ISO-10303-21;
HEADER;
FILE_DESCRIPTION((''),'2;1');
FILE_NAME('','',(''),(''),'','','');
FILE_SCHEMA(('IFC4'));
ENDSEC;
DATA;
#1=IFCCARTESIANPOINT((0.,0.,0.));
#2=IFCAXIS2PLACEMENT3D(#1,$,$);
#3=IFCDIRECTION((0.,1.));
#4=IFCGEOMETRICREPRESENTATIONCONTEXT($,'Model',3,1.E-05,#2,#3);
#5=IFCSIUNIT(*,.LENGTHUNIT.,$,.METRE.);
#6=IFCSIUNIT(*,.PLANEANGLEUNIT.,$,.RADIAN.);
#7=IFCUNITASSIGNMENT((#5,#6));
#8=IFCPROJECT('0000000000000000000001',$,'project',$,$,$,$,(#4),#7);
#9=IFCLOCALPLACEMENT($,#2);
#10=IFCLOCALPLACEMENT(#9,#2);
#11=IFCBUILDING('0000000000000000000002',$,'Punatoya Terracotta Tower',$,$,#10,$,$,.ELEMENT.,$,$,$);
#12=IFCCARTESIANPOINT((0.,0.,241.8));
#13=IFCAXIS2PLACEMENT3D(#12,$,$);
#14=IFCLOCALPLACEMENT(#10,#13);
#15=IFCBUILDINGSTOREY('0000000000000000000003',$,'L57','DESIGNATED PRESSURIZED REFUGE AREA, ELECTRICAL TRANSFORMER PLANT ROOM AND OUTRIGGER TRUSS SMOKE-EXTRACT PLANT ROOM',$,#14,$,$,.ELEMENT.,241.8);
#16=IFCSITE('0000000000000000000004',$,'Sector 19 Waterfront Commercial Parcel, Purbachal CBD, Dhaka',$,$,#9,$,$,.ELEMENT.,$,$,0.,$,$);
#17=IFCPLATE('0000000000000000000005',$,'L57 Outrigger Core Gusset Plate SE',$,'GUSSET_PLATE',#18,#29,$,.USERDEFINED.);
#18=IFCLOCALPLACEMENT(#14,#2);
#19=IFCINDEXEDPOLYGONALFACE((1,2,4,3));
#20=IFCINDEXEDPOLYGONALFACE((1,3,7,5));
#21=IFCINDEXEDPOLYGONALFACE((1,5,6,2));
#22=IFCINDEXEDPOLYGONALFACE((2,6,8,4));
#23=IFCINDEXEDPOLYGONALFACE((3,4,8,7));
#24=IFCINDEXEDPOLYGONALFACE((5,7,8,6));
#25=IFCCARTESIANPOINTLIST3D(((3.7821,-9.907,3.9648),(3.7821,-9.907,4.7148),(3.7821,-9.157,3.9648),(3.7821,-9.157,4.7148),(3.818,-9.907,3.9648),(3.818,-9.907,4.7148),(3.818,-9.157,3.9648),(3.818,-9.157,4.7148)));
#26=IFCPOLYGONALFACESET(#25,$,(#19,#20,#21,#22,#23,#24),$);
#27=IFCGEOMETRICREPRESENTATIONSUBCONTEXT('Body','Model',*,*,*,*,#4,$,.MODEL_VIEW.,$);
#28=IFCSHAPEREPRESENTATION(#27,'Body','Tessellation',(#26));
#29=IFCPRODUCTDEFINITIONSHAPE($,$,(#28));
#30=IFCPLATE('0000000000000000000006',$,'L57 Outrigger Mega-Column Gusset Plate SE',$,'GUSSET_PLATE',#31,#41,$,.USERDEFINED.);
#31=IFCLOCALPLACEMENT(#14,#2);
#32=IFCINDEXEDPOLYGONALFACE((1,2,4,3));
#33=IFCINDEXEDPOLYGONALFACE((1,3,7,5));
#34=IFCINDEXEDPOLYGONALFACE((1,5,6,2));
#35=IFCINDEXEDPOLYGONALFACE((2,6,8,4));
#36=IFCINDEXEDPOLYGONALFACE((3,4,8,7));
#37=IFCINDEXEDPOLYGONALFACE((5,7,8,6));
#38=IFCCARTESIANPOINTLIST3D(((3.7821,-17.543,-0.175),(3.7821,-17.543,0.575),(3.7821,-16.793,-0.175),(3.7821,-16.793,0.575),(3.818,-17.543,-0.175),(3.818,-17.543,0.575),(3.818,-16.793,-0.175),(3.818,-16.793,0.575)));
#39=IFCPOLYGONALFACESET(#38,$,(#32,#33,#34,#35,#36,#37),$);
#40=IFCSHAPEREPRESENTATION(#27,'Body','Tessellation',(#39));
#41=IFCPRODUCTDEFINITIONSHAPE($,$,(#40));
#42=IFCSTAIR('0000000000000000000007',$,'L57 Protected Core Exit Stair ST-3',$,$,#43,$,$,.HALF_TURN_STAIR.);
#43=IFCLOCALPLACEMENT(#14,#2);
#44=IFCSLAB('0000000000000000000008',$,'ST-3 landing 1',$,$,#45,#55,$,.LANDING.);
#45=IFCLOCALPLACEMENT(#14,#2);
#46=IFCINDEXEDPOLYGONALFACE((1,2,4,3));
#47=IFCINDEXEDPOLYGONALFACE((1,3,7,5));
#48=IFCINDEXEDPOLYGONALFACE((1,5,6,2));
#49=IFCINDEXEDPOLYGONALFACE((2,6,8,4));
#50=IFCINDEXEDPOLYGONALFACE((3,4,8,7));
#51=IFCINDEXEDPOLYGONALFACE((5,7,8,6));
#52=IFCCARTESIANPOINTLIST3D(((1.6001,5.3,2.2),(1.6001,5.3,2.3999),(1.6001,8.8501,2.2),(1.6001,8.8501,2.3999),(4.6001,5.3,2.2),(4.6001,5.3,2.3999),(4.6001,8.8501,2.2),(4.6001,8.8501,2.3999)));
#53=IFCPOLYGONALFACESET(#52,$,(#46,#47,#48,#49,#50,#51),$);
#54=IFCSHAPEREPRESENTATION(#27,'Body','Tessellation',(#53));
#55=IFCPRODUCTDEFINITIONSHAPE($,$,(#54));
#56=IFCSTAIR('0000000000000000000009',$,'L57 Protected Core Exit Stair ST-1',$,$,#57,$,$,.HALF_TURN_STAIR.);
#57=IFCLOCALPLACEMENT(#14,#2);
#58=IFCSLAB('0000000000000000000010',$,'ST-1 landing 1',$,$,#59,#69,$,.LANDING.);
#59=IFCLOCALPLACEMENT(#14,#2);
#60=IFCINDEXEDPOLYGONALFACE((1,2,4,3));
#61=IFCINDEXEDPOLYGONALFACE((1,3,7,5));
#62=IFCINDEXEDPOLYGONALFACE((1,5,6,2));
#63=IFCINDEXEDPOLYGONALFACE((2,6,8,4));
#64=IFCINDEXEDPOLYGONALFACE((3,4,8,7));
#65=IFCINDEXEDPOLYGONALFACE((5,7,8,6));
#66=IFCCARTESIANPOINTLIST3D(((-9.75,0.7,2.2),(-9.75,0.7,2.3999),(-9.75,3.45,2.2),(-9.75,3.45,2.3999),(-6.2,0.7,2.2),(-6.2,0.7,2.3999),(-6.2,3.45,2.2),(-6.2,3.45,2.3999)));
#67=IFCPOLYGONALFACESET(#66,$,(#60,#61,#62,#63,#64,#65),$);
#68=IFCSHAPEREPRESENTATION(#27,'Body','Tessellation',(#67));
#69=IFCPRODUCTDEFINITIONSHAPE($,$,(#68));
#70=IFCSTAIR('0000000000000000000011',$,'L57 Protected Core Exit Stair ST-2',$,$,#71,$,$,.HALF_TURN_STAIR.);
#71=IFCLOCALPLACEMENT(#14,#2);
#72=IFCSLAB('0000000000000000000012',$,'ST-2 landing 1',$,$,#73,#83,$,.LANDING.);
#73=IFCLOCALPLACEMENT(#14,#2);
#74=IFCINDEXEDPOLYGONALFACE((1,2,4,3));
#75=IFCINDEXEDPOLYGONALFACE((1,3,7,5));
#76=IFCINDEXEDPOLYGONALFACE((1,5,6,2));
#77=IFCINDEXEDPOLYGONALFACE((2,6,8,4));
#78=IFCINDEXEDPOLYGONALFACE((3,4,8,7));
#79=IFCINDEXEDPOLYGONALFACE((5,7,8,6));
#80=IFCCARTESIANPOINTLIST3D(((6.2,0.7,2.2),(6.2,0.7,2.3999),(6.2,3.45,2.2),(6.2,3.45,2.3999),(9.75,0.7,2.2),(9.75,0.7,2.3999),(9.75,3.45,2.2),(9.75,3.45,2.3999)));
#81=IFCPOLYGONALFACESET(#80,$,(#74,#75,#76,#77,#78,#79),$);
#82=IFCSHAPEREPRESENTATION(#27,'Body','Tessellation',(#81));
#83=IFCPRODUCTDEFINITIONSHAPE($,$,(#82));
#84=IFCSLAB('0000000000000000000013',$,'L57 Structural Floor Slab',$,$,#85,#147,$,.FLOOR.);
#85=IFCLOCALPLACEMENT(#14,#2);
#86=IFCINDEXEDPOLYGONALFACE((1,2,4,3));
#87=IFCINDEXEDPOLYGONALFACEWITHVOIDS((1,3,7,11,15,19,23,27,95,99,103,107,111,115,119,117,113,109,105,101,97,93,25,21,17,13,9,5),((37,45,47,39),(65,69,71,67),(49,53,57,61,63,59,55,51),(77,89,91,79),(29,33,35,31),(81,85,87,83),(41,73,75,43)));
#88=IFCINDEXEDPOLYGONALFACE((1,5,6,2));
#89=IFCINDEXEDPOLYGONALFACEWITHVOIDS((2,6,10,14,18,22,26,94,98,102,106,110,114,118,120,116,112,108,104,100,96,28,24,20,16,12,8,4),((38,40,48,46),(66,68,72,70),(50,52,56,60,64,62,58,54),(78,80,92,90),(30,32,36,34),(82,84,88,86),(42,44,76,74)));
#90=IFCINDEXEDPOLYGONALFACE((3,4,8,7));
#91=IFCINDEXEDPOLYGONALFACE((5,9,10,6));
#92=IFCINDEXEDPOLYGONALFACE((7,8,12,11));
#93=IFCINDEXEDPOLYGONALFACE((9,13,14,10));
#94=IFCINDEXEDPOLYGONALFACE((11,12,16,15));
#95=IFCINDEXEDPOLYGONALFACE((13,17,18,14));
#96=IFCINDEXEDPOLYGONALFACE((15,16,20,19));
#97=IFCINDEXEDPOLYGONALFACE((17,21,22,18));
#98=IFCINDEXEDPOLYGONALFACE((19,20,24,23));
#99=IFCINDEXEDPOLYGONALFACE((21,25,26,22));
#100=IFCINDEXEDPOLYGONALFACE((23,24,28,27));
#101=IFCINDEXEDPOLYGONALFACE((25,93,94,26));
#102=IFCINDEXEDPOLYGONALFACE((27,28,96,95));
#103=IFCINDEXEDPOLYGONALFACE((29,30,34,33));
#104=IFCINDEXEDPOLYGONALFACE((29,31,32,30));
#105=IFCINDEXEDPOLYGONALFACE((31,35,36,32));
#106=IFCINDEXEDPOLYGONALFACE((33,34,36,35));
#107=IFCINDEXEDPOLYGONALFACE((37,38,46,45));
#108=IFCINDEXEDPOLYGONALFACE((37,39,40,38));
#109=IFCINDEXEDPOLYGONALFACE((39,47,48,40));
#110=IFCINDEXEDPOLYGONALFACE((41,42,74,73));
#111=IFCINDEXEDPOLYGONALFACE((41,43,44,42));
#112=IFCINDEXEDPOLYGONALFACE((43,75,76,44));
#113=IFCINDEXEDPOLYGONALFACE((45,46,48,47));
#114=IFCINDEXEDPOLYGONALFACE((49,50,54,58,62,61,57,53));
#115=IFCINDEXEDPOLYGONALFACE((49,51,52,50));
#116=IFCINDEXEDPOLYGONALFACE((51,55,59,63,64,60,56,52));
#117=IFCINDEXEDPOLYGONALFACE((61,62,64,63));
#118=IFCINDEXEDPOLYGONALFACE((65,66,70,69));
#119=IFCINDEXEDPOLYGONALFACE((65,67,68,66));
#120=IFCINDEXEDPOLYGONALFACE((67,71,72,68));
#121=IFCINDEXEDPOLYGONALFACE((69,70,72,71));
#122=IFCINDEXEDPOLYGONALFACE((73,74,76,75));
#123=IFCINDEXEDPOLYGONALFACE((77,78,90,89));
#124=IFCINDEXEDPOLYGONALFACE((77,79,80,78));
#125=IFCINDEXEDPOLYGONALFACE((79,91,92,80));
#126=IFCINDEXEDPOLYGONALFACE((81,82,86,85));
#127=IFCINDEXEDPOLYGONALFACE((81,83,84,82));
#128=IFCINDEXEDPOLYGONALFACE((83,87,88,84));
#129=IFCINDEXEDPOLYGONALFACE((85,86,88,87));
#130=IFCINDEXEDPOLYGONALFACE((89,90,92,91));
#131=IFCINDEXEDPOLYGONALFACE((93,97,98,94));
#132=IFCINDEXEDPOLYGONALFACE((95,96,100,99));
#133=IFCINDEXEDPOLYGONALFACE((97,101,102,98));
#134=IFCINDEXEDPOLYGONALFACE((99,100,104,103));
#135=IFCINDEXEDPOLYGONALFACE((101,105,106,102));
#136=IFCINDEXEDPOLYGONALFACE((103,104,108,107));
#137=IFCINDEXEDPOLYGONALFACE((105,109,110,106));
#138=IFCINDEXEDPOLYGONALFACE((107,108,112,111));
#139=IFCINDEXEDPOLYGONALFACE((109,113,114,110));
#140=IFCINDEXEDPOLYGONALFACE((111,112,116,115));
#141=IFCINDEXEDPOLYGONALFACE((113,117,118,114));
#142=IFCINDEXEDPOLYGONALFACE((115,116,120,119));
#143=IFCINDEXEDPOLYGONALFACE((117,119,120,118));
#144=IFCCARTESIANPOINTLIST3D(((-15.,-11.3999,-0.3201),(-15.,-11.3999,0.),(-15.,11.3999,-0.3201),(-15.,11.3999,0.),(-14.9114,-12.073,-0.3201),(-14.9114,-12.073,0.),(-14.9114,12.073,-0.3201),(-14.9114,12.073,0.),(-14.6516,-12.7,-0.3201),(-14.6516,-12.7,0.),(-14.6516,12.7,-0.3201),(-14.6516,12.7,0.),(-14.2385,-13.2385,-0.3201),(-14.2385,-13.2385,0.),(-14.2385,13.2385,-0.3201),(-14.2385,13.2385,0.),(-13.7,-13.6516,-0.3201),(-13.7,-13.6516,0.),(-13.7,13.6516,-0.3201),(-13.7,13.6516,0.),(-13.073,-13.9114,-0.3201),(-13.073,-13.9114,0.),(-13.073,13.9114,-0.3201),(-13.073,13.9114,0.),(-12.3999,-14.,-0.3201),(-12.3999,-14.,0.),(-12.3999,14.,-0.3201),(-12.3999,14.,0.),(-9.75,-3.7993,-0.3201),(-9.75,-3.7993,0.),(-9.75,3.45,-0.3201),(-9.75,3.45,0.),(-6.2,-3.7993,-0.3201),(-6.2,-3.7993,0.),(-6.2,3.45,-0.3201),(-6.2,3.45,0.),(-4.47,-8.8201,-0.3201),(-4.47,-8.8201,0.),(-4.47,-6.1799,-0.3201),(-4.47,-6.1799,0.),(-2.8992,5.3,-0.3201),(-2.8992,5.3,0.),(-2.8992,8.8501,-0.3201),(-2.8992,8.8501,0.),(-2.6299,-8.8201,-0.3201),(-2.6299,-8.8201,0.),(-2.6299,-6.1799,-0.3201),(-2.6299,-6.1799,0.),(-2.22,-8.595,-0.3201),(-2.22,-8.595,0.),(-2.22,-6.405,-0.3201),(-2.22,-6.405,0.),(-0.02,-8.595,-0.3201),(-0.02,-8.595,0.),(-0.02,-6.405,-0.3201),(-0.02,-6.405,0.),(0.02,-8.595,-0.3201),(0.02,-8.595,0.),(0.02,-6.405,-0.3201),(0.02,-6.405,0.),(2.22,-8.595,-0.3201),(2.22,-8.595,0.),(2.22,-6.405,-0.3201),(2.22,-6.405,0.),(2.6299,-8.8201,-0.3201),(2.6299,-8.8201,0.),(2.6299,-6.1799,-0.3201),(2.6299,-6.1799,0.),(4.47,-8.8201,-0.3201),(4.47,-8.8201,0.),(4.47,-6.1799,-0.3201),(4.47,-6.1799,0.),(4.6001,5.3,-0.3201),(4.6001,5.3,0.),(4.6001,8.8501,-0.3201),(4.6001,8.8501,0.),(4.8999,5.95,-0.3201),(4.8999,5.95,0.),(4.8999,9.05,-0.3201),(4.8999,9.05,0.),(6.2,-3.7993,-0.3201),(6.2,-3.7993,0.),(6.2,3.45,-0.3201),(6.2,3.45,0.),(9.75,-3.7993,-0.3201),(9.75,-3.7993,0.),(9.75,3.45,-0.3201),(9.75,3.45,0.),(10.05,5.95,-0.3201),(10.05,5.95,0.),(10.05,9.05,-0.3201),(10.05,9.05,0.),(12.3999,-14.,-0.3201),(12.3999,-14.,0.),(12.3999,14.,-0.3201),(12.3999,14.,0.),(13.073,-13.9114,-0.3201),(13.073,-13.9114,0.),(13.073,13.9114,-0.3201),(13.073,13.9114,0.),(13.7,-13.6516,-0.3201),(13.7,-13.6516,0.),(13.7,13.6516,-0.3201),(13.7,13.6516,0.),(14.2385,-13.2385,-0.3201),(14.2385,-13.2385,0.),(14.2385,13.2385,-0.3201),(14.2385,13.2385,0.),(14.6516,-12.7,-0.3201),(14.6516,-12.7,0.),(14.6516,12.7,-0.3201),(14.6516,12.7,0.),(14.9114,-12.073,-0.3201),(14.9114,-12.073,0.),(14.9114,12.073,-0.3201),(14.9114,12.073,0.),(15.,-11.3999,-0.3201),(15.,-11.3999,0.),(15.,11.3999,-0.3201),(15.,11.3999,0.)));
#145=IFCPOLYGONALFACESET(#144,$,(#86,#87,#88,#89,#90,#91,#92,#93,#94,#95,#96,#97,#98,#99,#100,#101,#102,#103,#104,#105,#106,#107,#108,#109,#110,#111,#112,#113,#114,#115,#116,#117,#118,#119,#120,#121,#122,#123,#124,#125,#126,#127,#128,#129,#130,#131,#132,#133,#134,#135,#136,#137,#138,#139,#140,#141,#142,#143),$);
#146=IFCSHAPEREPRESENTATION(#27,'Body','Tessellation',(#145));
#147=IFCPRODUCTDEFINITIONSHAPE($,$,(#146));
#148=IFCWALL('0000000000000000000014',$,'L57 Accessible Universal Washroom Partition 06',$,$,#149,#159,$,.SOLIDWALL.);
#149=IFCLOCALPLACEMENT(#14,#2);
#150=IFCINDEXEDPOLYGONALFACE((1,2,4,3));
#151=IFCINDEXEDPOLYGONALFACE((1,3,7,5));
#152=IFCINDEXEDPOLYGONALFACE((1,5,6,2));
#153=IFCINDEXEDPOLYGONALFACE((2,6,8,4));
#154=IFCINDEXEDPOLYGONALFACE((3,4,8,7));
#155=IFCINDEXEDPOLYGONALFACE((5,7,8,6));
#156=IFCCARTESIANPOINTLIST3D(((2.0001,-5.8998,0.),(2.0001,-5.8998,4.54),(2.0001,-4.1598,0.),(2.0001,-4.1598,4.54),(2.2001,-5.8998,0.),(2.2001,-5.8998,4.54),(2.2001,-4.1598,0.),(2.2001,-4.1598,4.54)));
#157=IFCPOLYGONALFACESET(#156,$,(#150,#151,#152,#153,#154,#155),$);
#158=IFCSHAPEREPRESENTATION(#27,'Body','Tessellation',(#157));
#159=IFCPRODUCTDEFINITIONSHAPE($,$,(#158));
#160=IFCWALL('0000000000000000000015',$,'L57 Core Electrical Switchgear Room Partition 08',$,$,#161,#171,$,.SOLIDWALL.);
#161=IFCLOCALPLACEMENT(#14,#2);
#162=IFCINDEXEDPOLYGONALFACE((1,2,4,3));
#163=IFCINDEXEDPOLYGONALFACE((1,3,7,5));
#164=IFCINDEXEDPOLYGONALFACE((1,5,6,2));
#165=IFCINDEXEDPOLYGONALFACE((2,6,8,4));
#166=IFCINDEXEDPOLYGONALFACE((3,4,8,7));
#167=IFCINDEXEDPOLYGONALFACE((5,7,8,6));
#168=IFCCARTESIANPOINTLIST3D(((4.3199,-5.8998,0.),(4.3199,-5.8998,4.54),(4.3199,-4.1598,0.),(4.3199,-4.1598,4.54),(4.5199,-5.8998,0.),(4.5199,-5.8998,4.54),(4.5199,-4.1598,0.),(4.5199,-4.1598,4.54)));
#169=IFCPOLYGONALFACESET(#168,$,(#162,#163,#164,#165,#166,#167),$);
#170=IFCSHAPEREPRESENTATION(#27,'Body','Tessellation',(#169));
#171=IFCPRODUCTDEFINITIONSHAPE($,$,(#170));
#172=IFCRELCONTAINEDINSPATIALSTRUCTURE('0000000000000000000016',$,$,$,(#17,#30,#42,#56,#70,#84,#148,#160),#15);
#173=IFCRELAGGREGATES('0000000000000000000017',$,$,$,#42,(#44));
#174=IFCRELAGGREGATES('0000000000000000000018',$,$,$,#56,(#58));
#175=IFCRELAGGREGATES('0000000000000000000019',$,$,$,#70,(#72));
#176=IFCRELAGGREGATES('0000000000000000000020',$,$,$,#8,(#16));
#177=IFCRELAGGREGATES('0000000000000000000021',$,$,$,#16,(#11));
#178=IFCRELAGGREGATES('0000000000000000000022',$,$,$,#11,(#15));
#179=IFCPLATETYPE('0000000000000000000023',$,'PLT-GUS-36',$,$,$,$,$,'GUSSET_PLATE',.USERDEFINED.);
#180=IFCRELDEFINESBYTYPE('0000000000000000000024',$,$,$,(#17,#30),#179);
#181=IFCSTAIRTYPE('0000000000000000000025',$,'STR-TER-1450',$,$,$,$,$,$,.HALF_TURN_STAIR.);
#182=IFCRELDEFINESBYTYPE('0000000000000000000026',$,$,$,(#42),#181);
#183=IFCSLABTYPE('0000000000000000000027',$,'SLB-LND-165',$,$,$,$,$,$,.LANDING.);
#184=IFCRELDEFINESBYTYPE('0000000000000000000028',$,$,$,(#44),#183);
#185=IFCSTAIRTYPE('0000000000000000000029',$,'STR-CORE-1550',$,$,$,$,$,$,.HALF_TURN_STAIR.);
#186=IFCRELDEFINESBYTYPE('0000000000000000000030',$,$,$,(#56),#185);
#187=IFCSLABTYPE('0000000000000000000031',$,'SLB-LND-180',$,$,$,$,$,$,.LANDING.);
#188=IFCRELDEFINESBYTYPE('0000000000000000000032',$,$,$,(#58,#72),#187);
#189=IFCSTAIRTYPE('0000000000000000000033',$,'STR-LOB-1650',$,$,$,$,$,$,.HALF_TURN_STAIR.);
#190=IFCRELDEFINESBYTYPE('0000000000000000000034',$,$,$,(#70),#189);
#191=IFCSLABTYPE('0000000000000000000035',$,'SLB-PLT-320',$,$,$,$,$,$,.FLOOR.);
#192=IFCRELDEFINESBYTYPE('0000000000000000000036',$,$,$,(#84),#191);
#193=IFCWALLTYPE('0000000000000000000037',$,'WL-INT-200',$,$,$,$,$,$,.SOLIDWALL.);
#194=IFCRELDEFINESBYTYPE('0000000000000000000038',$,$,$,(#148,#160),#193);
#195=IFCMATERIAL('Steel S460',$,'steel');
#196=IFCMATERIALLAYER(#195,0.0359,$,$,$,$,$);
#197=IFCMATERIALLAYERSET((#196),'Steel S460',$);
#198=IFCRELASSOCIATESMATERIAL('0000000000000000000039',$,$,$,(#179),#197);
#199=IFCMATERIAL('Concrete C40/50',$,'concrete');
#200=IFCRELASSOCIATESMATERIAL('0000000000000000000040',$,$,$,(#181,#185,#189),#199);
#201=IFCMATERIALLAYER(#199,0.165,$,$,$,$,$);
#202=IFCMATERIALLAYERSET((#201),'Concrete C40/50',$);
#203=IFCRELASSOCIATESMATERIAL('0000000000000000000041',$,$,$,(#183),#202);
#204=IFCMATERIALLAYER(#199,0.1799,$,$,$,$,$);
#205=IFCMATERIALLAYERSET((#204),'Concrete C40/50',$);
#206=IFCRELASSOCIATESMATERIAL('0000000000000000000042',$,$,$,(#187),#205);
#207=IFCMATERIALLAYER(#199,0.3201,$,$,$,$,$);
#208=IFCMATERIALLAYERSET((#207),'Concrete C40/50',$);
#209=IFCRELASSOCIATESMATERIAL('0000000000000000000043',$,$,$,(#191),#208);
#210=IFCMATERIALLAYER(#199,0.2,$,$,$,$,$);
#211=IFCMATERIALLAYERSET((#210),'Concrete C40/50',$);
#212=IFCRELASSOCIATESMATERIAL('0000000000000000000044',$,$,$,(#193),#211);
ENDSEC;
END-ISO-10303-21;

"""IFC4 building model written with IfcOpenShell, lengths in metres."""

from ifc_helpers import new_model, si_unit, direction, frame, frame_2d, origin, origin_2d, place, context, subcontext, project, spatial, polyline, rectangle, outline, extrude, material, layer, layer_set, type_object, element, aggregate, save


model = new_model("IFC4")

# Units and contexts
model_context = context("Model", 3, precision=1e-05, world=origin(), true_north=direction((0.0, 1.0)))
body_context = subcontext(model_context, "Body", "Model", "MODEL_VIEW")
ifc_project = project(units=[si_unit("LENGTHUNIT", "METRE"), si_unit("PLANEANGLEUNIT", "RADIAN")], contexts=[model_context])

# Site, building, storey
site_placement = place(None, origin())
site = spatial("IfcSite", under=ifc_project, at=site_placement, Name="Sector 19 Waterfront Commercial Parcel, Purbachal CBD, Dhaka", CompositionType="ELEMENT", RefElevation=0.0)
building_placement = place(site_placement, origin())
building = spatial("IfcBuilding", under=site, at=building_placement, Name="Punatoya Terracotta Tower", CompositionType="ELEMENT")
storey_placement = place(building_placement, frame((0.0, 0.0, 241.8)))
storey = spatial("IfcBuildingStorey", under=building, at=storey_placement, Name="L57", Description="DESIGNATED PRESSURIZED REFUGE AREA, ELECTRICAL TRANSFORMER PLANT ROOM AND OUTRIGGER TRUSS SMOKE-EXTRACT PLANT ROOM", CompositionType="ELEMENT", Elevation=241.8)

# Shared definitions
ifc_material_1 = material(Name="Steel S460", Category="steel")

# Plates
ifc_layer_1 = layer(ifc_material_1, 0.0359)
ifc_layer_set_1 = layer_set([ifc_layer_1], Name="Steel S460")
plate_type = type_object("IfcPlateType", Name="PLT-GUS-36", ElementType="GUSSET_PLATE", PredefinedType="USERDEFINED", material=ifc_layer_set_1)
for number, where, z_axis, x_axis, name in (
    (1, (3.8, -9.532, 3.9648), (0.0, 0.0, 1.0), (0.0, 1.0, 0.0), "L57 Outrigger Core Gusset Plate SE"),
    (2, (3.8, -17.168, -0.175), (0.0, 0.0, 1.0), (0.0, 1.0, 0.0), "L57 Outrigger Mega-Column Gusset Plate SE"),
):
    element("IfcPlate", number, at=place(storey_placement, frame(where, z_axis=z_axis, x_axis=x_axis)), inside=storey, type_object=plate_type, Name=name, ObjectType="GUSSET_PLATE", PredefinedType="USERDEFINED", context=body_context, shape_type="SweptSolid", body=[
        extrude(rectangle(XDim=0.75, YDim=0.0359, at=origin_2d()), origin(), (0.0, 0.0, 1.0), 0.75),
    ])

# Stairs, slabs
ifc_material_2 = material(Name="Concrete C40/50", Category="concrete")
stair_type_1 = type_object("IfcStairType", Name="STR-TER-1450", PredefinedType="HALF_TURN_STAIR", material=ifc_material_2)
stair_1_placement = place(storey_placement, origin())
stair_1 = element("IfcStair", 3, at=stair_1_placement, inside=storey, type_object=stair_type_1, Name="L57 Protected Core Exit Stair ST-3", PredefinedType="HALF_TURN_STAIR")
ifc_layer_2 = layer(ifc_material_2, 0.165)
ifc_layer_set_2 = layer_set([ifc_layer_2], Name="Concrete C40/50")
slab_type_1 = type_object("IfcSlabType", Name="SLB-LND-165", PredefinedType="LANDING", material=ifc_layer_set_2)
slab_1_placement = place(storey_placement, frame((0.0, 0.0, 2.2)))
slab_1 = element("IfcSlab", 4, at=slab_1_placement, type_object=slab_type_1, Name="ST-3 landing 1", PredefinedType="LANDING", context=body_context, shape_type="SweptSolid", body=[
    extrude(outline(polyline([(1.6001, 5.3), (4.6001, 5.3), (4.6001, 8.8501), (1.6001, 8.8501), (1.6001, 5.3)])), origin(), (0.0, 0.0, 1.0), 0.2),
])
aggregate(stair_1, [slab_1])
stair_type_2 = type_object("IfcStairType", Name="STR-CORE-1550", PredefinedType="HALF_TURN_STAIR", material=ifc_material_2)
stair_2_placement = place(storey_placement, origin())
stair_2 = element("IfcStair", 5, at=stair_2_placement, inside=storey, type_object=stair_type_2, Name="L57 Protected Core Exit Stair ST-1", PredefinedType="HALF_TURN_STAIR")
ifc_layer_3 = layer(ifc_material_2, 0.1799)
ifc_layer_set_3 = layer_set([ifc_layer_3], Name="Concrete C40/50")
slab_type_2 = type_object("IfcSlabType", Name="SLB-LND-180", PredefinedType="LANDING", material=ifc_layer_set_3)
slab_2_placement = place(storey_placement, frame((0.0, 0.0, 2.2)))
slab_2 = element("IfcSlab", 6, at=slab_2_placement, type_object=slab_type_2, Name="ST-1 landing 1", PredefinedType="LANDING", context=body_context, shape_type="SweptSolid", body=[
    extrude(outline(polyline([(-6.2, 0.7), (-6.2, 3.45), (-9.75, 3.45), (-9.75, 0.7), (-6.2, 0.7)])), origin(), (0.0, 0.0, 1.0), 0.2),
])
aggregate(stair_2, [slab_2])
stair_type_3 = type_object("IfcStairType", Name="STR-LOB-1650", PredefinedType="HALF_TURN_STAIR", material=ifc_material_2)
stair_3_placement = place(storey_placement, origin())
stair_3 = element("IfcStair", 7, at=stair_3_placement, inside=storey, type_object=stair_type_3, Name="L57 Protected Core Exit Stair ST-2", PredefinedType="HALF_TURN_STAIR")
slab_3_placement = place(storey_placement, frame((0.0, 0.0, 2.2)))
slab_3 = element("IfcSlab", 8, at=slab_3_placement, type_object=slab_type_2, Name="ST-2 landing 1", PredefinedType="LANDING", context=body_context, shape_type="SweptSolid", body=[
    extrude(outline(polyline([(9.75, 0.7), (9.75, 3.45), (6.2, 3.45), (6.2, 0.7), (9.75, 0.7)])), origin(), (0.0, 0.0, 1.0), 0.2),
])
aggregate(stair_3, [slab_3])

# Slab
ifc_layer_4 = layer(ifc_material_2, 0.3201)
ifc_layer_set_4 = layer_set([ifc_layer_4], Name="Concrete C40/50")
slab_type_3 = type_object("IfcSlabType", Name="SLB-PLT-320", PredefinedType="FLOOR", material=ifc_layer_set_4)
slab_4_placement = place(storey_placement, frame((0.0, 0.0, -0.3201)))
element("IfcSlab", 9, at=slab_4_placement, inside=storey, type_object=slab_type_3, Name="L57 Structural Floor Slab", PredefinedType="FLOOR", context=body_context, shape_type="SweptSolid", body=[
    extrude(outline(polyline([(-12.3999, -14.0), (-13.073, -13.9114), (-13.7, -13.6516), (-14.2385, -13.2385), (-14.6516, -12.7), (-14.9114, -12.073), (-15.0, -11.3999), (-15.0, 11.3999), (-14.9114, 12.073), (-14.6516, 12.7), (-14.2385, 13.2385), (-13.7, 13.6516), (-13.073, 13.9114), (-12.3999, 14.0), (12.3999, 14.0), (13.073, 13.9114), (13.7, 13.6516), (14.2385, 13.2385), (14.6516, 12.7), (14.9114, 12.073), (15.0, 11.3999), (15.0, -11.3999), (14.9114, -12.073), (14.6516, -12.7), (14.2385, -13.2385), (13.7, -13.6516), (13.073, -13.9114), (12.3999, -14.0), (-12.3999, -14.0)]), holes=[polyline([(-2.6299, -6.1799), (-4.47, -6.1799), (-4.47, -8.8201), (-2.6299, -8.8201), (-2.6299, -6.1799)]), polyline([(-0.02, -6.405), (-2.22, -6.405), (-2.22, -8.595), (-0.02, -8.595), (0.02, -8.595), (2.22, -8.595), (2.22, -6.405), (0.02, -6.405), (-0.02, -6.405)]), polyline([(4.47, -6.1799), (2.6299, -6.1799), (2.6299, -8.8201), (4.47, -8.8201), (4.47, -6.1799)]), polyline([(-9.75, 3.45), (-9.75, -3.7993), (-6.2, -3.7993), (-6.2, 3.45), (-9.75, 3.45)]), polyline([(6.2, 3.45), (6.2, -3.7993), (9.75, -3.7993), (9.75, 3.45), (6.2, 3.45)]), polyline([(4.6001, 8.8501), (-2.8992, 8.8501), (-2.8992, 5.3), (4.6001, 5.3), (4.6001, 8.8501)]), polyline([(10.05, 9.05), (4.8999, 9.05), (4.8999, 5.95), (10.05, 5.95), (10.05, 9.05)])]), origin(), (0.0, 0.0, 1.0), 0.3201),
])

# Shared definitions
ifc_layer_5 = layer(ifc_material_2, 0.2)
ifc_layer_set_5 = layer_set([ifc_layer_5], Name="Concrete C40/50")
wall_type_1 = type_object("IfcWallType", Name="WL-INT-200", PredefinedType="SOLIDWALL", material=ifc_layer_set_5)

# Wall
wall_1_placement = place(storey_placement, frame((2.1001, -5.8999, 0.0), z_axis=(0.0, 0.0, 1.0), x_axis=(0.0, 1.0, 0.0)))
element("IfcWall", 10, at=wall_1_placement, inside=storey, type_object=wall_type_1, Name="L57 Accessible Universal Washroom Partition 06", PredefinedType="SOLIDWALL", context=body_context, shape_type="SweptSolid", body=[
    extrude(rectangle(XDim=1.74, YDim=0.2, at=frame_2d((0.8701, 0.0))), origin(), (0.0, 0.0, 1.0), 4.54),
])

# Wall
wall_2_placement = place(storey_placement, frame((4.4199, -5.8999, 0.0), z_axis=(0.0, 0.0, 1.0), x_axis=(0.0, 1.0, 0.0)))
element("IfcWall", 11, at=wall_2_placement, inside=storey, type_object=wall_type_1, Name="L57 Core Electrical Switchgear Room Partition 08", PredefinedType="SOLIDWALL", context=body_context, shape_type="SweptSolid", body=[
    extrude(rectangle(XDim=1.74, YDim=0.2, at=frame_2d((0.8701, 0.0))), origin(), (0.0, 0.0, 1.0), 4.54),
])

save(model, "model.ifc")
